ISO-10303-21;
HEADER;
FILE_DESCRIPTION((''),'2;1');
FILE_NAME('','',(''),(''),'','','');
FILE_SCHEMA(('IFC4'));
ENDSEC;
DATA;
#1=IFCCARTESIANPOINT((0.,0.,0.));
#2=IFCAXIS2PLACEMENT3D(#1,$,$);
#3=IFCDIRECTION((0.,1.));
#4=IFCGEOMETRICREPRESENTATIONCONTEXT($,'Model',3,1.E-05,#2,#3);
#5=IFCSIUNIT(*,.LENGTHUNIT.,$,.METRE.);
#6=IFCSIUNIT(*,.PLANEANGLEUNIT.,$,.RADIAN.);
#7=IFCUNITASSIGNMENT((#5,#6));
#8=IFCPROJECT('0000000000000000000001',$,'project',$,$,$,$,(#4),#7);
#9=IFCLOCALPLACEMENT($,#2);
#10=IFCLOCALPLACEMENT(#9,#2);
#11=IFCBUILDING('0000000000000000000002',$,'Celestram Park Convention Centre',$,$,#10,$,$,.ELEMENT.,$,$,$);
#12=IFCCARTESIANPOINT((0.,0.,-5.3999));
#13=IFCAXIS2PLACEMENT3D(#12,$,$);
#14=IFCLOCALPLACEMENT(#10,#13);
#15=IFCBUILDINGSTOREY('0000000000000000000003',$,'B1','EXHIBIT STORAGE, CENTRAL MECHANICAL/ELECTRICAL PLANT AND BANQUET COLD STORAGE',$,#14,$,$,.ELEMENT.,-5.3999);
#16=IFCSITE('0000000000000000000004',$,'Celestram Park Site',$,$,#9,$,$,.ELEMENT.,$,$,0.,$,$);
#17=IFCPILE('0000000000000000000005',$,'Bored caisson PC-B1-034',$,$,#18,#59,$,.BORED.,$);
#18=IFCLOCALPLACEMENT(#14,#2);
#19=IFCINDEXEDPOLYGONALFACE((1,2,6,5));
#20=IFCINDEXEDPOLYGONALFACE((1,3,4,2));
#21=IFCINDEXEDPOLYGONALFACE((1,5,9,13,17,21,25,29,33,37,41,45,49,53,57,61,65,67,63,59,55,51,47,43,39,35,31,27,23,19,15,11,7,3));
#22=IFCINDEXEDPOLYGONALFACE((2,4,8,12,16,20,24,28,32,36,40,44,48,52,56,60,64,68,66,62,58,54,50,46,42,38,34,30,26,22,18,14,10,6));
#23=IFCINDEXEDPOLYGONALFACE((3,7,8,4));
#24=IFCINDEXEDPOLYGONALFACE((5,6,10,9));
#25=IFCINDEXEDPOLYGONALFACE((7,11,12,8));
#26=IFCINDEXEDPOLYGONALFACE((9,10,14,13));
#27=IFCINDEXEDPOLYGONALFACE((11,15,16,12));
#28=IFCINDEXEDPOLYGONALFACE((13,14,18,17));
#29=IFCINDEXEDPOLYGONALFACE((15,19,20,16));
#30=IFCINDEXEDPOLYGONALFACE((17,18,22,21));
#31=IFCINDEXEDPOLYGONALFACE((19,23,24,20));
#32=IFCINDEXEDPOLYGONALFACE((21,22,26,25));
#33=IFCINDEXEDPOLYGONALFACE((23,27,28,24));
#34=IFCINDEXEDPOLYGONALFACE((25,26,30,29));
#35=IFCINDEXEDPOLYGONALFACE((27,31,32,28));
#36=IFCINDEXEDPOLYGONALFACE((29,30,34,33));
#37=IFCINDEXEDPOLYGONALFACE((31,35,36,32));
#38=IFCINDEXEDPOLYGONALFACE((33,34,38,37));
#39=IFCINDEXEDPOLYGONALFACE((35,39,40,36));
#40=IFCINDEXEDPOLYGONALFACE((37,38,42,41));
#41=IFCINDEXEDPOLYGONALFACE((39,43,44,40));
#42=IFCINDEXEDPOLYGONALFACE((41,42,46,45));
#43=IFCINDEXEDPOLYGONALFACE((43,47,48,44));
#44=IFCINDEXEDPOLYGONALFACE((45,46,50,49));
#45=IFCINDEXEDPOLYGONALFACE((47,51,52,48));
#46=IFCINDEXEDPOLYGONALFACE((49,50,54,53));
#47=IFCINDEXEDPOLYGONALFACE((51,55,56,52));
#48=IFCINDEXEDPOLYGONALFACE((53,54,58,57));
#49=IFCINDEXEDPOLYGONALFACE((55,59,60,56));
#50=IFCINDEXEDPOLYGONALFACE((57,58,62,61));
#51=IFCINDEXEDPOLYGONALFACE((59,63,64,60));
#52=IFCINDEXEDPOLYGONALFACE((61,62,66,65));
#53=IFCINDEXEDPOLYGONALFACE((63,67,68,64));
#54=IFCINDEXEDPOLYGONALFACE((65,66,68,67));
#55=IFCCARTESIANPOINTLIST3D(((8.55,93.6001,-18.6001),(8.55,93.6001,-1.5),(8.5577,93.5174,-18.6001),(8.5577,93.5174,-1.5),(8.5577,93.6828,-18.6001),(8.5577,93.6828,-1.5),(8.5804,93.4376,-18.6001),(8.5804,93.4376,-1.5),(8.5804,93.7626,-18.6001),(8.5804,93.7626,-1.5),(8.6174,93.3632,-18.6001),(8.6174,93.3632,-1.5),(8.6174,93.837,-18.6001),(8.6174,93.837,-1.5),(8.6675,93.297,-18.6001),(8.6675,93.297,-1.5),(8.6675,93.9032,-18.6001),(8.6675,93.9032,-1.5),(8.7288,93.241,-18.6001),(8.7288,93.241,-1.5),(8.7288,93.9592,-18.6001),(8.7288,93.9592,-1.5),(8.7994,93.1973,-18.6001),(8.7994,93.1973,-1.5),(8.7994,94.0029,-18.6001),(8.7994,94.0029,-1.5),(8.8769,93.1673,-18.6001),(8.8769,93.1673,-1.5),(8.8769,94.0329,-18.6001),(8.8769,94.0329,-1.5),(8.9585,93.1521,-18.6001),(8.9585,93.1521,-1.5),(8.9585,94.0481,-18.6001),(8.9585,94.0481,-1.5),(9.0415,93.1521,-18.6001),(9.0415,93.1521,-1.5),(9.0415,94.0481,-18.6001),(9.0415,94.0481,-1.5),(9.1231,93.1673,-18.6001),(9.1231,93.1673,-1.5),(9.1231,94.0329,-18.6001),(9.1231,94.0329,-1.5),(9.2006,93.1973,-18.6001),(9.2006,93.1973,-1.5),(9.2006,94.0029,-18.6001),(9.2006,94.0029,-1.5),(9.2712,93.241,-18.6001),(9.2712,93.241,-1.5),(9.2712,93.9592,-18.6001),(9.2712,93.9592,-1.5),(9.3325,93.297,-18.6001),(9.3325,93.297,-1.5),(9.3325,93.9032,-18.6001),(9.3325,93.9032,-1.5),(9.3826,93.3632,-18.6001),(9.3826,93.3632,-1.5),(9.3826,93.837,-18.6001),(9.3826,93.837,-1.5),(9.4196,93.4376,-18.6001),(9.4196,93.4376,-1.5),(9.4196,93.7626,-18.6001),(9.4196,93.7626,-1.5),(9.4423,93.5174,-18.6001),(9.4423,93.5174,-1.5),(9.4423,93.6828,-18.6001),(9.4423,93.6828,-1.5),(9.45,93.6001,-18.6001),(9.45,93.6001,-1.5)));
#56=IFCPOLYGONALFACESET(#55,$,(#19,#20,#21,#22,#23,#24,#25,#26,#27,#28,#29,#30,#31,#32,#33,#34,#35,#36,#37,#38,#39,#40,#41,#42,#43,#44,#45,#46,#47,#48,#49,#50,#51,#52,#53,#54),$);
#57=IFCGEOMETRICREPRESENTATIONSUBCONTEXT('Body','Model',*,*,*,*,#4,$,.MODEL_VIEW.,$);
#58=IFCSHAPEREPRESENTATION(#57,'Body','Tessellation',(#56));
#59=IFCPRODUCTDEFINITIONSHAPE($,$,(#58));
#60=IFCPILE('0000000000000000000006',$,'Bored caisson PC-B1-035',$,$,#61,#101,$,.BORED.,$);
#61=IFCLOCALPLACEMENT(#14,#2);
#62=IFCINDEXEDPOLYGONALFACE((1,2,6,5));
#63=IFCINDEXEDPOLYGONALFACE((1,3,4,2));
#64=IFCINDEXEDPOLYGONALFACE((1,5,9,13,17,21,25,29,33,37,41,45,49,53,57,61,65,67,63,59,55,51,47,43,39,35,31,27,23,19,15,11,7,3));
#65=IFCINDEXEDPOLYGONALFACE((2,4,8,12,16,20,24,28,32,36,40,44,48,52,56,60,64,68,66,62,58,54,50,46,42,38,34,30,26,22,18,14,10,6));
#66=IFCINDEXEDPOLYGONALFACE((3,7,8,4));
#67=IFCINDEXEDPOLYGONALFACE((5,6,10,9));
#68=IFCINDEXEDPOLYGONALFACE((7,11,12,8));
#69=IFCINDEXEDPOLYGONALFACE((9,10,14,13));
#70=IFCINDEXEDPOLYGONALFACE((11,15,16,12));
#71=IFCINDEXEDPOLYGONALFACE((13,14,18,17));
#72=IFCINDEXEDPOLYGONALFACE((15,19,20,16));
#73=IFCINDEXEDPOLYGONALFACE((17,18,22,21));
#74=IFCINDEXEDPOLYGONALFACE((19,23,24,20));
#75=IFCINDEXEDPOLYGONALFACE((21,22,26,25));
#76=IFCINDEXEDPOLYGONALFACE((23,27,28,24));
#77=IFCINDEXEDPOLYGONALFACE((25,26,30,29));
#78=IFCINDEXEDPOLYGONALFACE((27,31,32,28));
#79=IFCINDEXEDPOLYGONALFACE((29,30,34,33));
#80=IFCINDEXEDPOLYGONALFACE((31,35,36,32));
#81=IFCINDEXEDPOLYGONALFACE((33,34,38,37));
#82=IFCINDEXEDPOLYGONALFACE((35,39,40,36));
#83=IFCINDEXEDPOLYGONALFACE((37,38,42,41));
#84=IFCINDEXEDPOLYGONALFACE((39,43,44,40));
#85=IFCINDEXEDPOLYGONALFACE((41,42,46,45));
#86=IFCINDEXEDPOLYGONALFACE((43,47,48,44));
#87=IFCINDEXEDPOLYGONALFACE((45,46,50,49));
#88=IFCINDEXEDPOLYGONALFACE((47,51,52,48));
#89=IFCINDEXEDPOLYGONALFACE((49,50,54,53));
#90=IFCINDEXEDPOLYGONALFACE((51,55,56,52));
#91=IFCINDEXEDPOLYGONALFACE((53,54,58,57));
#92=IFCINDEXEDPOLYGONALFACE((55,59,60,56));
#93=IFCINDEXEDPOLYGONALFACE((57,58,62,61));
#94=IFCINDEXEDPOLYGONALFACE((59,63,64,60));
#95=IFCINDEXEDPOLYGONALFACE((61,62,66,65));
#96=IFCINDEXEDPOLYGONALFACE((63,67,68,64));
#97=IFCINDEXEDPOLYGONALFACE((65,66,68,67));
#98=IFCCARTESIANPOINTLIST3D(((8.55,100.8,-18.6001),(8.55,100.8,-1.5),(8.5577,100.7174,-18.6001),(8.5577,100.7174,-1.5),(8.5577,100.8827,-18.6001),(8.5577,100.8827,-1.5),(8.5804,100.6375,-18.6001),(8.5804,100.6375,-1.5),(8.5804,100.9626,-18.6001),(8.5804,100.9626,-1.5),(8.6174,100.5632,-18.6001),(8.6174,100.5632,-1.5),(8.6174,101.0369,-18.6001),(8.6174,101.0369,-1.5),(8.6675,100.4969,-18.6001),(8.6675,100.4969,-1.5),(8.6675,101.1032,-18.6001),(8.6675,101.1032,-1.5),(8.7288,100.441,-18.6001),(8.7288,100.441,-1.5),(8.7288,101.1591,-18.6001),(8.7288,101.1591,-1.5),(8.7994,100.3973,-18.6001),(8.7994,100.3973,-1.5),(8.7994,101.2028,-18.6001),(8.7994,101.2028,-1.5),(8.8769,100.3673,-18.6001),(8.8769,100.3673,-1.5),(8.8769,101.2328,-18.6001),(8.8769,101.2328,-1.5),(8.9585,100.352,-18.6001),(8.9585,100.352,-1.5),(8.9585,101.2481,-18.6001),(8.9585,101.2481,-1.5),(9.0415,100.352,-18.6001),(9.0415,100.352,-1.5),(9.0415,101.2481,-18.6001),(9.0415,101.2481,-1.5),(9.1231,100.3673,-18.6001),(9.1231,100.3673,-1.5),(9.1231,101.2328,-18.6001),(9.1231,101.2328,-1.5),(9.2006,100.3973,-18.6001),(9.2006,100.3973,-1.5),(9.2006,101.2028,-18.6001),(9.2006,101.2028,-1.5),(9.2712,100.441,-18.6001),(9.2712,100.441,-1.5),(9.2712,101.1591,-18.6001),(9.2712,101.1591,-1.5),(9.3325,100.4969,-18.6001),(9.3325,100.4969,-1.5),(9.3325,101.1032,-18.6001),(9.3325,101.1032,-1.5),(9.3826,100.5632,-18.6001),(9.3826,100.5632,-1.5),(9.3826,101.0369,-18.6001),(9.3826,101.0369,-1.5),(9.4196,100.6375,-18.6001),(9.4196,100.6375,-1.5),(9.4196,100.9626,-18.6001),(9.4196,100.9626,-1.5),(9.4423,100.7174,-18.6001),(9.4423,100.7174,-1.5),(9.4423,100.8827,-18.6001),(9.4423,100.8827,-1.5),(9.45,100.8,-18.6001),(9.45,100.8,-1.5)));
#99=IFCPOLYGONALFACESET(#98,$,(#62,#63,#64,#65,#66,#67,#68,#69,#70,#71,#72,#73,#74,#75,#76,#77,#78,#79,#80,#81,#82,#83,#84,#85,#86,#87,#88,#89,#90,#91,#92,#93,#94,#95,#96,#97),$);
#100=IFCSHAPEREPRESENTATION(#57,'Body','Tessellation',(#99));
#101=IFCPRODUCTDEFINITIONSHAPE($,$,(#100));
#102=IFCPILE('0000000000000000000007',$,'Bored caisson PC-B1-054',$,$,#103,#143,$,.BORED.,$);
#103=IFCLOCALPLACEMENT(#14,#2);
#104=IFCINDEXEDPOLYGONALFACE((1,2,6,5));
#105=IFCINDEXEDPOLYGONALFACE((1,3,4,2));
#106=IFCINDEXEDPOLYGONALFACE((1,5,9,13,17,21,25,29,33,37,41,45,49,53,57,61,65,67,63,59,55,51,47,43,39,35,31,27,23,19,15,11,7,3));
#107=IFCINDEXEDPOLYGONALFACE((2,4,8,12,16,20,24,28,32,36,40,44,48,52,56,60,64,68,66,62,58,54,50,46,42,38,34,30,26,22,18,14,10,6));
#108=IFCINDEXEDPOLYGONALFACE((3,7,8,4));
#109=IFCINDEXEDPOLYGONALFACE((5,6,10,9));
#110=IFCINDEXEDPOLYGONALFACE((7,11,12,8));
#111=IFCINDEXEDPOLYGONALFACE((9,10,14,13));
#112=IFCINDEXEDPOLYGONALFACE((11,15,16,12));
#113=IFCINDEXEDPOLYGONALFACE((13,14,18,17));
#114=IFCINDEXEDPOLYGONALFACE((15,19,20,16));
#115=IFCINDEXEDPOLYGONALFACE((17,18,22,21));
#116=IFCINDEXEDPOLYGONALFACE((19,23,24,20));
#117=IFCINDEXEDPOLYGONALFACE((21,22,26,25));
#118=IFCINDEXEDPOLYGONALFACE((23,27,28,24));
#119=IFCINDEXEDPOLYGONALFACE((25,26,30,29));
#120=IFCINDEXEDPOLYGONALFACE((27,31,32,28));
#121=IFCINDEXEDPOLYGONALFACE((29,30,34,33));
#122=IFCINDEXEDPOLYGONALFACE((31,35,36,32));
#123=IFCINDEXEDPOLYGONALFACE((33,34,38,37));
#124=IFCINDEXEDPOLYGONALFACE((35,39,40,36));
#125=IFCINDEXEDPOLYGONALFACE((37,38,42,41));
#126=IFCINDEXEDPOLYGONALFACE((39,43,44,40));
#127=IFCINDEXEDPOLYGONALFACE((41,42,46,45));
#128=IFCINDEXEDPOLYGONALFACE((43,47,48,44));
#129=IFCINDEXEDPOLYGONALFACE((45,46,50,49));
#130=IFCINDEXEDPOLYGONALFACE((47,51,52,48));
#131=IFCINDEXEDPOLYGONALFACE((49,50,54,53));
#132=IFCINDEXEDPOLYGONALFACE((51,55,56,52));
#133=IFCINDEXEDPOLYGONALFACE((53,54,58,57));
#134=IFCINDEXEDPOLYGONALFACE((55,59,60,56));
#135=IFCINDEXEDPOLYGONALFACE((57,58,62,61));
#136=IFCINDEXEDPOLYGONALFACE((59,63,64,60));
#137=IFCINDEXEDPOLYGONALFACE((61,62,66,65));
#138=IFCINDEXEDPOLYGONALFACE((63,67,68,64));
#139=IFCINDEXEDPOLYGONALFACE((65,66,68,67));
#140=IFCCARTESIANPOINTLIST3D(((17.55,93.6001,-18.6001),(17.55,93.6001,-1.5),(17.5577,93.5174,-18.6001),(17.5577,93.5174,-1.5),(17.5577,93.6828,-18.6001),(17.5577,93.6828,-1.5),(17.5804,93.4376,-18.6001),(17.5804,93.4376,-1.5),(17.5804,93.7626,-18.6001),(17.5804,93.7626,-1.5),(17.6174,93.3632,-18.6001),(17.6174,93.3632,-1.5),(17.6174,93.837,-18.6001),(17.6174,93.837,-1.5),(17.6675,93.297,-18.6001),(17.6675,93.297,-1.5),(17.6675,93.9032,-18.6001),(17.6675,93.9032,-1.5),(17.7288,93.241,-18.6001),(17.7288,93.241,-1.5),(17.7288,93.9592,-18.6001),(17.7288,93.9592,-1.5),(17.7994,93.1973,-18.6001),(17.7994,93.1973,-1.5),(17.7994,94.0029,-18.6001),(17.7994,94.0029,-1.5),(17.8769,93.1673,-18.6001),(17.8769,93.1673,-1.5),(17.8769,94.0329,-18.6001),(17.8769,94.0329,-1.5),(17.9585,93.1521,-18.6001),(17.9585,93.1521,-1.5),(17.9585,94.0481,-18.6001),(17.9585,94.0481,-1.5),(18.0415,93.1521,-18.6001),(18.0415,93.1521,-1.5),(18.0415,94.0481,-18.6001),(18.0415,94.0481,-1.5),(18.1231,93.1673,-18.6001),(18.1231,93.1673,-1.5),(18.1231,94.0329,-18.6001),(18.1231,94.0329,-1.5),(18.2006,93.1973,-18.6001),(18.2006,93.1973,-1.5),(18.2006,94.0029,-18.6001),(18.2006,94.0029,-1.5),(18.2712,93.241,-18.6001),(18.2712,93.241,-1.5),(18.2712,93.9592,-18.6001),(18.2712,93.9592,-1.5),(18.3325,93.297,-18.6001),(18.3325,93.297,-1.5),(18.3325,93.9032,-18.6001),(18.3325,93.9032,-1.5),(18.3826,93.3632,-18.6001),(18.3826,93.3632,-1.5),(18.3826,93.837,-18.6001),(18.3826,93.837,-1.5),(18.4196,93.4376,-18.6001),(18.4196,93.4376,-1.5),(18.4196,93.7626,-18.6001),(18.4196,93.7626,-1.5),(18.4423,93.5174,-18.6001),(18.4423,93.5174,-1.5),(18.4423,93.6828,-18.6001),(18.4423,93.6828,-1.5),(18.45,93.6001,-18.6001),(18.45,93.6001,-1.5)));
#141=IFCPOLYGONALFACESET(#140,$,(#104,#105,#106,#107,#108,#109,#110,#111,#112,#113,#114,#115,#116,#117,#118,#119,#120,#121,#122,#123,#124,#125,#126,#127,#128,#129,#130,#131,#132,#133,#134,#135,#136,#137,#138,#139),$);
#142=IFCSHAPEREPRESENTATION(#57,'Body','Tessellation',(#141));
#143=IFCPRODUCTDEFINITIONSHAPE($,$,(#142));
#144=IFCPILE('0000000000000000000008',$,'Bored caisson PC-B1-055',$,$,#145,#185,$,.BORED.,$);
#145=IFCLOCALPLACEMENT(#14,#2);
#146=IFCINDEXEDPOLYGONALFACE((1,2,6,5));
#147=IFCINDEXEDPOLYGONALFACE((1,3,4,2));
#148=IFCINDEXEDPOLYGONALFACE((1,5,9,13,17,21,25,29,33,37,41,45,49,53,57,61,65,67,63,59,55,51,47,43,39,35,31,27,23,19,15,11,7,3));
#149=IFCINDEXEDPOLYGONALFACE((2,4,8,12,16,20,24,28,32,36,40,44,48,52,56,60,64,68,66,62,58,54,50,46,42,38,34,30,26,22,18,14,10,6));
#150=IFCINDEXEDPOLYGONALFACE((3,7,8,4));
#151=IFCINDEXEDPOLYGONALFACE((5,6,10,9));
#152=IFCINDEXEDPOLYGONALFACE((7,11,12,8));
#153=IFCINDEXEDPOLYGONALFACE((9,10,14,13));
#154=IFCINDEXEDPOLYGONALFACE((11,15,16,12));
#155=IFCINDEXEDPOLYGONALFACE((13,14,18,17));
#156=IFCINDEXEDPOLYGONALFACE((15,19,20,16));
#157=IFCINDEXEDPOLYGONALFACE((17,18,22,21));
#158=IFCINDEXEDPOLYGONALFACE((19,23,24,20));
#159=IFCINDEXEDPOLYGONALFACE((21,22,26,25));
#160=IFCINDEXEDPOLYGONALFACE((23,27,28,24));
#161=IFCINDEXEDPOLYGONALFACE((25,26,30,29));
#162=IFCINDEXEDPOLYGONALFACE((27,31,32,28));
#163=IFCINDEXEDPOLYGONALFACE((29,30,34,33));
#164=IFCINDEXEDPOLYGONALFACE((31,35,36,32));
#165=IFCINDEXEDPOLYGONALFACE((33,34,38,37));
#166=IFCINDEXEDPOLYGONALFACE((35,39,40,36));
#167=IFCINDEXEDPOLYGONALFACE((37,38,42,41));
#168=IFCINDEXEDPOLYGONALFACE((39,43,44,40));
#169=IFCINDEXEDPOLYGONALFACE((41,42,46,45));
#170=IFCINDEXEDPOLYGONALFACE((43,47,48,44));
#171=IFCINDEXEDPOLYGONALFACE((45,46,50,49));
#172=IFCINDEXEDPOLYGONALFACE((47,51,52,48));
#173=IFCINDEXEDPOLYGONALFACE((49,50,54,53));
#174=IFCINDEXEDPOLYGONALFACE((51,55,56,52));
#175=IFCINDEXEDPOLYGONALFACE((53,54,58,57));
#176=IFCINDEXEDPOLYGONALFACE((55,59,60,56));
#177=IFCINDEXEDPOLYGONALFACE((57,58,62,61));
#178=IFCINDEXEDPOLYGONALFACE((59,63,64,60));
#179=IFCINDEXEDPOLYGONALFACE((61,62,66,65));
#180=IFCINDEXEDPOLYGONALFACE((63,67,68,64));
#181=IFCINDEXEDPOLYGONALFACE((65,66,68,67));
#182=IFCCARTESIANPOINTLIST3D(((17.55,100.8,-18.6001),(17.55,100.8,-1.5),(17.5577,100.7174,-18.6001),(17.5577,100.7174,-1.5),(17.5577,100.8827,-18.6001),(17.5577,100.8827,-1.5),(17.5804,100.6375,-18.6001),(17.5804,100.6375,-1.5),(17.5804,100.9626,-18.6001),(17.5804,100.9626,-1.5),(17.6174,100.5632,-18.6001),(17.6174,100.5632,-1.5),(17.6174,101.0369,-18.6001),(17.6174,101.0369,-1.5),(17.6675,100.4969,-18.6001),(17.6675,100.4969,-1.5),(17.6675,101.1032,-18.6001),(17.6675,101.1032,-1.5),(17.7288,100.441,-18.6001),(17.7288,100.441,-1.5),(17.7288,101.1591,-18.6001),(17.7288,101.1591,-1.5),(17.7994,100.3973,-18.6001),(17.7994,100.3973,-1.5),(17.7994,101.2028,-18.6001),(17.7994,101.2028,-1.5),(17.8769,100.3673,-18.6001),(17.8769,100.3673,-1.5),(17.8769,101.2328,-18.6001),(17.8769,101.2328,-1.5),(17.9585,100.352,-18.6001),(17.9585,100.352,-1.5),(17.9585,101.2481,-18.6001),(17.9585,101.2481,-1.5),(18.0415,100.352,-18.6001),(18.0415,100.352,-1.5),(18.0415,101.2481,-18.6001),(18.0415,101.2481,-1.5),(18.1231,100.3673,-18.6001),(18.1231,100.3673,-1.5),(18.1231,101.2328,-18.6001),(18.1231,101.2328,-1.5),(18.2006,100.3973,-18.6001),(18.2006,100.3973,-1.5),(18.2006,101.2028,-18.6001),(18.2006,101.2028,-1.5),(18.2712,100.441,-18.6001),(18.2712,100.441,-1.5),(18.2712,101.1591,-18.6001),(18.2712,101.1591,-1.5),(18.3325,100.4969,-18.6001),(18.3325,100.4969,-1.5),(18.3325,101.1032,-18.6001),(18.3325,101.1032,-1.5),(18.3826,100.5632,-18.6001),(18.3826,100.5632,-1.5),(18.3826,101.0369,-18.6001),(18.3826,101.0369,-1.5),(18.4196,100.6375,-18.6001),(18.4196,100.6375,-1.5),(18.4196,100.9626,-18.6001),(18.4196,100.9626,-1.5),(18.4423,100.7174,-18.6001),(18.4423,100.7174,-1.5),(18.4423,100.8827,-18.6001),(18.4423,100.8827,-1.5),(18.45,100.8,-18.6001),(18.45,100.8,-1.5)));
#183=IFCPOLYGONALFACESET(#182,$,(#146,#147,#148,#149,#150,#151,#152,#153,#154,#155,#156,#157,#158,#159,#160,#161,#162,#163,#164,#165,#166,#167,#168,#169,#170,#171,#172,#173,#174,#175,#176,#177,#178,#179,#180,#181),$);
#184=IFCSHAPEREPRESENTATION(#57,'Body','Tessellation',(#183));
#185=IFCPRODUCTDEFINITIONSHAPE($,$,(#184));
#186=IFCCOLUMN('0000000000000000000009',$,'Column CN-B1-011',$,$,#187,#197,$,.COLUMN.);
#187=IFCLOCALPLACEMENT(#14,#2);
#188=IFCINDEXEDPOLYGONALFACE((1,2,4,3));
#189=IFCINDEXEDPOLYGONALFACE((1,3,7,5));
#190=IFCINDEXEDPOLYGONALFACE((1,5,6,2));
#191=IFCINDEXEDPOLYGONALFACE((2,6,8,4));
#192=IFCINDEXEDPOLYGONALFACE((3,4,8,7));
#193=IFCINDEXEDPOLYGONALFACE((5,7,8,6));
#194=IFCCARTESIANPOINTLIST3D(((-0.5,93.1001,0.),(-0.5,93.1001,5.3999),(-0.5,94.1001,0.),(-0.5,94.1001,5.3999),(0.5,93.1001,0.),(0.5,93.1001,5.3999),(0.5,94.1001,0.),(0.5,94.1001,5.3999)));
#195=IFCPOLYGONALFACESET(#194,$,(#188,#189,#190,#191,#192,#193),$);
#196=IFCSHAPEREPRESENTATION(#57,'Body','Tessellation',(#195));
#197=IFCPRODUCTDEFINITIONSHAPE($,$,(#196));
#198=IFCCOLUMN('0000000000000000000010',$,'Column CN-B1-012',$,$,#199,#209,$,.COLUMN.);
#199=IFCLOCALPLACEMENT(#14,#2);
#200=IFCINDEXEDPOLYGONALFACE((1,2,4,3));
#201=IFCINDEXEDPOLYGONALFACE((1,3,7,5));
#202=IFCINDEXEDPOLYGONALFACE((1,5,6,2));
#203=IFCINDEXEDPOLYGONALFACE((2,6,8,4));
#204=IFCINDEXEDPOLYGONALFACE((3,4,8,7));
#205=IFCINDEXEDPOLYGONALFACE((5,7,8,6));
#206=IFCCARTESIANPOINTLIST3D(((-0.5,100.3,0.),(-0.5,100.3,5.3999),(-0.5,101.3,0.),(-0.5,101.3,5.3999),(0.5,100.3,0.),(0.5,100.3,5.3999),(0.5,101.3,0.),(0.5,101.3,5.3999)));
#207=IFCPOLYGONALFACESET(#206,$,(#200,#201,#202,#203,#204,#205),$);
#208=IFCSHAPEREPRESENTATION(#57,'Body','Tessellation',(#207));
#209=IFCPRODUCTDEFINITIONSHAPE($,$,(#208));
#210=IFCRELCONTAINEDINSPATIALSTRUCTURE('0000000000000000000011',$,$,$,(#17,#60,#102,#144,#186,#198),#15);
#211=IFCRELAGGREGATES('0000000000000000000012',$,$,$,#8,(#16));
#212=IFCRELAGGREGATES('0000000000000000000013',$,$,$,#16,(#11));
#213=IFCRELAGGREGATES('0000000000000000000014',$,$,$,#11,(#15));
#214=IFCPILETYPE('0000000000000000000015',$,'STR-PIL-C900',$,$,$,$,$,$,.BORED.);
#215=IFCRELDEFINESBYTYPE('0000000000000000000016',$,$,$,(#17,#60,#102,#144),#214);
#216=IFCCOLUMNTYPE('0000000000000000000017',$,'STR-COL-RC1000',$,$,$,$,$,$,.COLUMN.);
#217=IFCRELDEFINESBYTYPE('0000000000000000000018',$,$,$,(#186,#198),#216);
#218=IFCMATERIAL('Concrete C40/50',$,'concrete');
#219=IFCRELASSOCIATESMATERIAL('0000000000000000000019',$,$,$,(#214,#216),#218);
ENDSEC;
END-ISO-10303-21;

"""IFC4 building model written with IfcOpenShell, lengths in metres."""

from ifc_helpers import new_model, si_unit, direction, frame, origin, origin_2d, place, context, subcontext, project, spatial, rectangle, circle, extrude, material, material_profile, profile_set, type_object, element, save


model = new_model("IFC4")

# Units and contexts
model_context = context("Model", 3, precision=1e-05, world=origin(), true_north=direction((0.0, 1.0)))
body_context = subcontext(model_context, "Body", "Model", "MODEL_VIEW")
ifc_project = project(units=[si_unit("LENGTHUNIT", "METRE"), si_unit("PLANEANGLEUNIT", "RADIAN")], contexts=[model_context])

# Site, building, storey
site_placement = place(None, origin())
site = spatial("IfcSite", under=ifc_project, at=site_placement, Name="Celestram Park Site", CompositionType="ELEMENT", RefElevation=0.0)
building_placement = place(site_placement, origin())
building = spatial("IfcBuilding", under=site, at=building_placement, Name="Celestram Park Convention Centre", CompositionType="ELEMENT")
storey_placement = place(building_placement, frame((0.0, 0.0, -5.3999)))
storey = spatial("IfcBuildingStorey", under=building, at=storey_placement, Name="B1", Description="EXHIBIT STORAGE, CENTRAL MECHANICAL/ELECTRICAL PLANT AND BANQUET COLD STORAGE", CompositionType="ELEMENT", Elevation=-5.3999)

# Shared definitions
ifc_material_1 = material(Name="Concrete C40/50", Category="concrete")

# Piles
ifc_material_profile_1 = material_profile(ifc_material_1, circle(Radius=0.45, at=origin_2d()), Name="CAISSON900")
ifc_profile_set_1 = profile_set([ifc_material_profile_1], Name="Concrete C40/50")
pile_type_1 = type_object("IfcPileType", Name="STR-PIL-C900", PredefinedType="BORED", material=ifc_profile_set_1)
for number, where, z_axis, x_axis, name in (
    (1, (9.0, 93.6001, -1.5), (0.0, 0.0, -1.0), (1.0, 0.0, 0.0), "Bored caisson PC-B1-034"),
    (2, (9.0, 100.8, -1.5), (0.0, 0.0, -1.0), (1.0, 0.0, 0.0), "Bored caisson PC-B1-035"),
    (3, (18.0, 93.6001, -1.5), (0.0, 0.0, -1.0), (1.0, 0.0, 0.0), "Bored caisson PC-B1-054"),
    (4, (18.0, 100.8, -1.5), (0.0, 0.0, -1.0), (1.0, 0.0, 0.0), "Bored caisson PC-B1-055"),
):
    element("IfcPile", number, at=place(storey_placement, frame(where, z_axis=z_axis, x_axis=x_axis)), inside=storey, type_object=pile_type_1, Name=name, PredefinedType="BORED", context=body_context, shape_type="SweptSolid", body=[
        extrude(circle(Radius=0.45, at=origin_2d()), origin(), (0.0, 0.0, 1.0), 17.1001),
    ])

# Columns
ifc_material_profile_2 = material_profile(ifc_material_1, rectangle(XDim=1.0, YDim=1.0, at=origin_2d()), Name="RC1000X1000")
ifc_profile_set_2 = profile_set([ifc_material_profile_2], Name="Concrete C40/50")
column_type_1 = type_object("IfcColumnType", Name="STR-COL-RC1000", PredefinedType="COLUMN", material=ifc_profile_set_2)
for number, where, z_axis, x_axis, name in (
    (5, (0.0, 93.6001, 0.0), (0.0, 0.0, 1.0), (1.0, 0.0, 0.0), "Column CN-B1-011"),
    (6, (0.0, 100.8, 0.0), (0.0, 0.0, 1.0), (1.0, 0.0, 0.0), "Column CN-B1-012"),
):
    element("IfcColumn", number, at=place(storey_placement, frame(where, z_axis=z_axis, x_axis=x_axis)), inside=storey, type_object=column_type_1, Name=name, PredefinedType="COLUMN", context=body_context, shape_type="SweptSolid", body=[
        extrude(rectangle(XDim=1.0, YDim=1.0, at=origin_2d()), origin(), (0.0, 0.0, 1.0), 5.3999),
    ])

save(model, "model.ifc")
